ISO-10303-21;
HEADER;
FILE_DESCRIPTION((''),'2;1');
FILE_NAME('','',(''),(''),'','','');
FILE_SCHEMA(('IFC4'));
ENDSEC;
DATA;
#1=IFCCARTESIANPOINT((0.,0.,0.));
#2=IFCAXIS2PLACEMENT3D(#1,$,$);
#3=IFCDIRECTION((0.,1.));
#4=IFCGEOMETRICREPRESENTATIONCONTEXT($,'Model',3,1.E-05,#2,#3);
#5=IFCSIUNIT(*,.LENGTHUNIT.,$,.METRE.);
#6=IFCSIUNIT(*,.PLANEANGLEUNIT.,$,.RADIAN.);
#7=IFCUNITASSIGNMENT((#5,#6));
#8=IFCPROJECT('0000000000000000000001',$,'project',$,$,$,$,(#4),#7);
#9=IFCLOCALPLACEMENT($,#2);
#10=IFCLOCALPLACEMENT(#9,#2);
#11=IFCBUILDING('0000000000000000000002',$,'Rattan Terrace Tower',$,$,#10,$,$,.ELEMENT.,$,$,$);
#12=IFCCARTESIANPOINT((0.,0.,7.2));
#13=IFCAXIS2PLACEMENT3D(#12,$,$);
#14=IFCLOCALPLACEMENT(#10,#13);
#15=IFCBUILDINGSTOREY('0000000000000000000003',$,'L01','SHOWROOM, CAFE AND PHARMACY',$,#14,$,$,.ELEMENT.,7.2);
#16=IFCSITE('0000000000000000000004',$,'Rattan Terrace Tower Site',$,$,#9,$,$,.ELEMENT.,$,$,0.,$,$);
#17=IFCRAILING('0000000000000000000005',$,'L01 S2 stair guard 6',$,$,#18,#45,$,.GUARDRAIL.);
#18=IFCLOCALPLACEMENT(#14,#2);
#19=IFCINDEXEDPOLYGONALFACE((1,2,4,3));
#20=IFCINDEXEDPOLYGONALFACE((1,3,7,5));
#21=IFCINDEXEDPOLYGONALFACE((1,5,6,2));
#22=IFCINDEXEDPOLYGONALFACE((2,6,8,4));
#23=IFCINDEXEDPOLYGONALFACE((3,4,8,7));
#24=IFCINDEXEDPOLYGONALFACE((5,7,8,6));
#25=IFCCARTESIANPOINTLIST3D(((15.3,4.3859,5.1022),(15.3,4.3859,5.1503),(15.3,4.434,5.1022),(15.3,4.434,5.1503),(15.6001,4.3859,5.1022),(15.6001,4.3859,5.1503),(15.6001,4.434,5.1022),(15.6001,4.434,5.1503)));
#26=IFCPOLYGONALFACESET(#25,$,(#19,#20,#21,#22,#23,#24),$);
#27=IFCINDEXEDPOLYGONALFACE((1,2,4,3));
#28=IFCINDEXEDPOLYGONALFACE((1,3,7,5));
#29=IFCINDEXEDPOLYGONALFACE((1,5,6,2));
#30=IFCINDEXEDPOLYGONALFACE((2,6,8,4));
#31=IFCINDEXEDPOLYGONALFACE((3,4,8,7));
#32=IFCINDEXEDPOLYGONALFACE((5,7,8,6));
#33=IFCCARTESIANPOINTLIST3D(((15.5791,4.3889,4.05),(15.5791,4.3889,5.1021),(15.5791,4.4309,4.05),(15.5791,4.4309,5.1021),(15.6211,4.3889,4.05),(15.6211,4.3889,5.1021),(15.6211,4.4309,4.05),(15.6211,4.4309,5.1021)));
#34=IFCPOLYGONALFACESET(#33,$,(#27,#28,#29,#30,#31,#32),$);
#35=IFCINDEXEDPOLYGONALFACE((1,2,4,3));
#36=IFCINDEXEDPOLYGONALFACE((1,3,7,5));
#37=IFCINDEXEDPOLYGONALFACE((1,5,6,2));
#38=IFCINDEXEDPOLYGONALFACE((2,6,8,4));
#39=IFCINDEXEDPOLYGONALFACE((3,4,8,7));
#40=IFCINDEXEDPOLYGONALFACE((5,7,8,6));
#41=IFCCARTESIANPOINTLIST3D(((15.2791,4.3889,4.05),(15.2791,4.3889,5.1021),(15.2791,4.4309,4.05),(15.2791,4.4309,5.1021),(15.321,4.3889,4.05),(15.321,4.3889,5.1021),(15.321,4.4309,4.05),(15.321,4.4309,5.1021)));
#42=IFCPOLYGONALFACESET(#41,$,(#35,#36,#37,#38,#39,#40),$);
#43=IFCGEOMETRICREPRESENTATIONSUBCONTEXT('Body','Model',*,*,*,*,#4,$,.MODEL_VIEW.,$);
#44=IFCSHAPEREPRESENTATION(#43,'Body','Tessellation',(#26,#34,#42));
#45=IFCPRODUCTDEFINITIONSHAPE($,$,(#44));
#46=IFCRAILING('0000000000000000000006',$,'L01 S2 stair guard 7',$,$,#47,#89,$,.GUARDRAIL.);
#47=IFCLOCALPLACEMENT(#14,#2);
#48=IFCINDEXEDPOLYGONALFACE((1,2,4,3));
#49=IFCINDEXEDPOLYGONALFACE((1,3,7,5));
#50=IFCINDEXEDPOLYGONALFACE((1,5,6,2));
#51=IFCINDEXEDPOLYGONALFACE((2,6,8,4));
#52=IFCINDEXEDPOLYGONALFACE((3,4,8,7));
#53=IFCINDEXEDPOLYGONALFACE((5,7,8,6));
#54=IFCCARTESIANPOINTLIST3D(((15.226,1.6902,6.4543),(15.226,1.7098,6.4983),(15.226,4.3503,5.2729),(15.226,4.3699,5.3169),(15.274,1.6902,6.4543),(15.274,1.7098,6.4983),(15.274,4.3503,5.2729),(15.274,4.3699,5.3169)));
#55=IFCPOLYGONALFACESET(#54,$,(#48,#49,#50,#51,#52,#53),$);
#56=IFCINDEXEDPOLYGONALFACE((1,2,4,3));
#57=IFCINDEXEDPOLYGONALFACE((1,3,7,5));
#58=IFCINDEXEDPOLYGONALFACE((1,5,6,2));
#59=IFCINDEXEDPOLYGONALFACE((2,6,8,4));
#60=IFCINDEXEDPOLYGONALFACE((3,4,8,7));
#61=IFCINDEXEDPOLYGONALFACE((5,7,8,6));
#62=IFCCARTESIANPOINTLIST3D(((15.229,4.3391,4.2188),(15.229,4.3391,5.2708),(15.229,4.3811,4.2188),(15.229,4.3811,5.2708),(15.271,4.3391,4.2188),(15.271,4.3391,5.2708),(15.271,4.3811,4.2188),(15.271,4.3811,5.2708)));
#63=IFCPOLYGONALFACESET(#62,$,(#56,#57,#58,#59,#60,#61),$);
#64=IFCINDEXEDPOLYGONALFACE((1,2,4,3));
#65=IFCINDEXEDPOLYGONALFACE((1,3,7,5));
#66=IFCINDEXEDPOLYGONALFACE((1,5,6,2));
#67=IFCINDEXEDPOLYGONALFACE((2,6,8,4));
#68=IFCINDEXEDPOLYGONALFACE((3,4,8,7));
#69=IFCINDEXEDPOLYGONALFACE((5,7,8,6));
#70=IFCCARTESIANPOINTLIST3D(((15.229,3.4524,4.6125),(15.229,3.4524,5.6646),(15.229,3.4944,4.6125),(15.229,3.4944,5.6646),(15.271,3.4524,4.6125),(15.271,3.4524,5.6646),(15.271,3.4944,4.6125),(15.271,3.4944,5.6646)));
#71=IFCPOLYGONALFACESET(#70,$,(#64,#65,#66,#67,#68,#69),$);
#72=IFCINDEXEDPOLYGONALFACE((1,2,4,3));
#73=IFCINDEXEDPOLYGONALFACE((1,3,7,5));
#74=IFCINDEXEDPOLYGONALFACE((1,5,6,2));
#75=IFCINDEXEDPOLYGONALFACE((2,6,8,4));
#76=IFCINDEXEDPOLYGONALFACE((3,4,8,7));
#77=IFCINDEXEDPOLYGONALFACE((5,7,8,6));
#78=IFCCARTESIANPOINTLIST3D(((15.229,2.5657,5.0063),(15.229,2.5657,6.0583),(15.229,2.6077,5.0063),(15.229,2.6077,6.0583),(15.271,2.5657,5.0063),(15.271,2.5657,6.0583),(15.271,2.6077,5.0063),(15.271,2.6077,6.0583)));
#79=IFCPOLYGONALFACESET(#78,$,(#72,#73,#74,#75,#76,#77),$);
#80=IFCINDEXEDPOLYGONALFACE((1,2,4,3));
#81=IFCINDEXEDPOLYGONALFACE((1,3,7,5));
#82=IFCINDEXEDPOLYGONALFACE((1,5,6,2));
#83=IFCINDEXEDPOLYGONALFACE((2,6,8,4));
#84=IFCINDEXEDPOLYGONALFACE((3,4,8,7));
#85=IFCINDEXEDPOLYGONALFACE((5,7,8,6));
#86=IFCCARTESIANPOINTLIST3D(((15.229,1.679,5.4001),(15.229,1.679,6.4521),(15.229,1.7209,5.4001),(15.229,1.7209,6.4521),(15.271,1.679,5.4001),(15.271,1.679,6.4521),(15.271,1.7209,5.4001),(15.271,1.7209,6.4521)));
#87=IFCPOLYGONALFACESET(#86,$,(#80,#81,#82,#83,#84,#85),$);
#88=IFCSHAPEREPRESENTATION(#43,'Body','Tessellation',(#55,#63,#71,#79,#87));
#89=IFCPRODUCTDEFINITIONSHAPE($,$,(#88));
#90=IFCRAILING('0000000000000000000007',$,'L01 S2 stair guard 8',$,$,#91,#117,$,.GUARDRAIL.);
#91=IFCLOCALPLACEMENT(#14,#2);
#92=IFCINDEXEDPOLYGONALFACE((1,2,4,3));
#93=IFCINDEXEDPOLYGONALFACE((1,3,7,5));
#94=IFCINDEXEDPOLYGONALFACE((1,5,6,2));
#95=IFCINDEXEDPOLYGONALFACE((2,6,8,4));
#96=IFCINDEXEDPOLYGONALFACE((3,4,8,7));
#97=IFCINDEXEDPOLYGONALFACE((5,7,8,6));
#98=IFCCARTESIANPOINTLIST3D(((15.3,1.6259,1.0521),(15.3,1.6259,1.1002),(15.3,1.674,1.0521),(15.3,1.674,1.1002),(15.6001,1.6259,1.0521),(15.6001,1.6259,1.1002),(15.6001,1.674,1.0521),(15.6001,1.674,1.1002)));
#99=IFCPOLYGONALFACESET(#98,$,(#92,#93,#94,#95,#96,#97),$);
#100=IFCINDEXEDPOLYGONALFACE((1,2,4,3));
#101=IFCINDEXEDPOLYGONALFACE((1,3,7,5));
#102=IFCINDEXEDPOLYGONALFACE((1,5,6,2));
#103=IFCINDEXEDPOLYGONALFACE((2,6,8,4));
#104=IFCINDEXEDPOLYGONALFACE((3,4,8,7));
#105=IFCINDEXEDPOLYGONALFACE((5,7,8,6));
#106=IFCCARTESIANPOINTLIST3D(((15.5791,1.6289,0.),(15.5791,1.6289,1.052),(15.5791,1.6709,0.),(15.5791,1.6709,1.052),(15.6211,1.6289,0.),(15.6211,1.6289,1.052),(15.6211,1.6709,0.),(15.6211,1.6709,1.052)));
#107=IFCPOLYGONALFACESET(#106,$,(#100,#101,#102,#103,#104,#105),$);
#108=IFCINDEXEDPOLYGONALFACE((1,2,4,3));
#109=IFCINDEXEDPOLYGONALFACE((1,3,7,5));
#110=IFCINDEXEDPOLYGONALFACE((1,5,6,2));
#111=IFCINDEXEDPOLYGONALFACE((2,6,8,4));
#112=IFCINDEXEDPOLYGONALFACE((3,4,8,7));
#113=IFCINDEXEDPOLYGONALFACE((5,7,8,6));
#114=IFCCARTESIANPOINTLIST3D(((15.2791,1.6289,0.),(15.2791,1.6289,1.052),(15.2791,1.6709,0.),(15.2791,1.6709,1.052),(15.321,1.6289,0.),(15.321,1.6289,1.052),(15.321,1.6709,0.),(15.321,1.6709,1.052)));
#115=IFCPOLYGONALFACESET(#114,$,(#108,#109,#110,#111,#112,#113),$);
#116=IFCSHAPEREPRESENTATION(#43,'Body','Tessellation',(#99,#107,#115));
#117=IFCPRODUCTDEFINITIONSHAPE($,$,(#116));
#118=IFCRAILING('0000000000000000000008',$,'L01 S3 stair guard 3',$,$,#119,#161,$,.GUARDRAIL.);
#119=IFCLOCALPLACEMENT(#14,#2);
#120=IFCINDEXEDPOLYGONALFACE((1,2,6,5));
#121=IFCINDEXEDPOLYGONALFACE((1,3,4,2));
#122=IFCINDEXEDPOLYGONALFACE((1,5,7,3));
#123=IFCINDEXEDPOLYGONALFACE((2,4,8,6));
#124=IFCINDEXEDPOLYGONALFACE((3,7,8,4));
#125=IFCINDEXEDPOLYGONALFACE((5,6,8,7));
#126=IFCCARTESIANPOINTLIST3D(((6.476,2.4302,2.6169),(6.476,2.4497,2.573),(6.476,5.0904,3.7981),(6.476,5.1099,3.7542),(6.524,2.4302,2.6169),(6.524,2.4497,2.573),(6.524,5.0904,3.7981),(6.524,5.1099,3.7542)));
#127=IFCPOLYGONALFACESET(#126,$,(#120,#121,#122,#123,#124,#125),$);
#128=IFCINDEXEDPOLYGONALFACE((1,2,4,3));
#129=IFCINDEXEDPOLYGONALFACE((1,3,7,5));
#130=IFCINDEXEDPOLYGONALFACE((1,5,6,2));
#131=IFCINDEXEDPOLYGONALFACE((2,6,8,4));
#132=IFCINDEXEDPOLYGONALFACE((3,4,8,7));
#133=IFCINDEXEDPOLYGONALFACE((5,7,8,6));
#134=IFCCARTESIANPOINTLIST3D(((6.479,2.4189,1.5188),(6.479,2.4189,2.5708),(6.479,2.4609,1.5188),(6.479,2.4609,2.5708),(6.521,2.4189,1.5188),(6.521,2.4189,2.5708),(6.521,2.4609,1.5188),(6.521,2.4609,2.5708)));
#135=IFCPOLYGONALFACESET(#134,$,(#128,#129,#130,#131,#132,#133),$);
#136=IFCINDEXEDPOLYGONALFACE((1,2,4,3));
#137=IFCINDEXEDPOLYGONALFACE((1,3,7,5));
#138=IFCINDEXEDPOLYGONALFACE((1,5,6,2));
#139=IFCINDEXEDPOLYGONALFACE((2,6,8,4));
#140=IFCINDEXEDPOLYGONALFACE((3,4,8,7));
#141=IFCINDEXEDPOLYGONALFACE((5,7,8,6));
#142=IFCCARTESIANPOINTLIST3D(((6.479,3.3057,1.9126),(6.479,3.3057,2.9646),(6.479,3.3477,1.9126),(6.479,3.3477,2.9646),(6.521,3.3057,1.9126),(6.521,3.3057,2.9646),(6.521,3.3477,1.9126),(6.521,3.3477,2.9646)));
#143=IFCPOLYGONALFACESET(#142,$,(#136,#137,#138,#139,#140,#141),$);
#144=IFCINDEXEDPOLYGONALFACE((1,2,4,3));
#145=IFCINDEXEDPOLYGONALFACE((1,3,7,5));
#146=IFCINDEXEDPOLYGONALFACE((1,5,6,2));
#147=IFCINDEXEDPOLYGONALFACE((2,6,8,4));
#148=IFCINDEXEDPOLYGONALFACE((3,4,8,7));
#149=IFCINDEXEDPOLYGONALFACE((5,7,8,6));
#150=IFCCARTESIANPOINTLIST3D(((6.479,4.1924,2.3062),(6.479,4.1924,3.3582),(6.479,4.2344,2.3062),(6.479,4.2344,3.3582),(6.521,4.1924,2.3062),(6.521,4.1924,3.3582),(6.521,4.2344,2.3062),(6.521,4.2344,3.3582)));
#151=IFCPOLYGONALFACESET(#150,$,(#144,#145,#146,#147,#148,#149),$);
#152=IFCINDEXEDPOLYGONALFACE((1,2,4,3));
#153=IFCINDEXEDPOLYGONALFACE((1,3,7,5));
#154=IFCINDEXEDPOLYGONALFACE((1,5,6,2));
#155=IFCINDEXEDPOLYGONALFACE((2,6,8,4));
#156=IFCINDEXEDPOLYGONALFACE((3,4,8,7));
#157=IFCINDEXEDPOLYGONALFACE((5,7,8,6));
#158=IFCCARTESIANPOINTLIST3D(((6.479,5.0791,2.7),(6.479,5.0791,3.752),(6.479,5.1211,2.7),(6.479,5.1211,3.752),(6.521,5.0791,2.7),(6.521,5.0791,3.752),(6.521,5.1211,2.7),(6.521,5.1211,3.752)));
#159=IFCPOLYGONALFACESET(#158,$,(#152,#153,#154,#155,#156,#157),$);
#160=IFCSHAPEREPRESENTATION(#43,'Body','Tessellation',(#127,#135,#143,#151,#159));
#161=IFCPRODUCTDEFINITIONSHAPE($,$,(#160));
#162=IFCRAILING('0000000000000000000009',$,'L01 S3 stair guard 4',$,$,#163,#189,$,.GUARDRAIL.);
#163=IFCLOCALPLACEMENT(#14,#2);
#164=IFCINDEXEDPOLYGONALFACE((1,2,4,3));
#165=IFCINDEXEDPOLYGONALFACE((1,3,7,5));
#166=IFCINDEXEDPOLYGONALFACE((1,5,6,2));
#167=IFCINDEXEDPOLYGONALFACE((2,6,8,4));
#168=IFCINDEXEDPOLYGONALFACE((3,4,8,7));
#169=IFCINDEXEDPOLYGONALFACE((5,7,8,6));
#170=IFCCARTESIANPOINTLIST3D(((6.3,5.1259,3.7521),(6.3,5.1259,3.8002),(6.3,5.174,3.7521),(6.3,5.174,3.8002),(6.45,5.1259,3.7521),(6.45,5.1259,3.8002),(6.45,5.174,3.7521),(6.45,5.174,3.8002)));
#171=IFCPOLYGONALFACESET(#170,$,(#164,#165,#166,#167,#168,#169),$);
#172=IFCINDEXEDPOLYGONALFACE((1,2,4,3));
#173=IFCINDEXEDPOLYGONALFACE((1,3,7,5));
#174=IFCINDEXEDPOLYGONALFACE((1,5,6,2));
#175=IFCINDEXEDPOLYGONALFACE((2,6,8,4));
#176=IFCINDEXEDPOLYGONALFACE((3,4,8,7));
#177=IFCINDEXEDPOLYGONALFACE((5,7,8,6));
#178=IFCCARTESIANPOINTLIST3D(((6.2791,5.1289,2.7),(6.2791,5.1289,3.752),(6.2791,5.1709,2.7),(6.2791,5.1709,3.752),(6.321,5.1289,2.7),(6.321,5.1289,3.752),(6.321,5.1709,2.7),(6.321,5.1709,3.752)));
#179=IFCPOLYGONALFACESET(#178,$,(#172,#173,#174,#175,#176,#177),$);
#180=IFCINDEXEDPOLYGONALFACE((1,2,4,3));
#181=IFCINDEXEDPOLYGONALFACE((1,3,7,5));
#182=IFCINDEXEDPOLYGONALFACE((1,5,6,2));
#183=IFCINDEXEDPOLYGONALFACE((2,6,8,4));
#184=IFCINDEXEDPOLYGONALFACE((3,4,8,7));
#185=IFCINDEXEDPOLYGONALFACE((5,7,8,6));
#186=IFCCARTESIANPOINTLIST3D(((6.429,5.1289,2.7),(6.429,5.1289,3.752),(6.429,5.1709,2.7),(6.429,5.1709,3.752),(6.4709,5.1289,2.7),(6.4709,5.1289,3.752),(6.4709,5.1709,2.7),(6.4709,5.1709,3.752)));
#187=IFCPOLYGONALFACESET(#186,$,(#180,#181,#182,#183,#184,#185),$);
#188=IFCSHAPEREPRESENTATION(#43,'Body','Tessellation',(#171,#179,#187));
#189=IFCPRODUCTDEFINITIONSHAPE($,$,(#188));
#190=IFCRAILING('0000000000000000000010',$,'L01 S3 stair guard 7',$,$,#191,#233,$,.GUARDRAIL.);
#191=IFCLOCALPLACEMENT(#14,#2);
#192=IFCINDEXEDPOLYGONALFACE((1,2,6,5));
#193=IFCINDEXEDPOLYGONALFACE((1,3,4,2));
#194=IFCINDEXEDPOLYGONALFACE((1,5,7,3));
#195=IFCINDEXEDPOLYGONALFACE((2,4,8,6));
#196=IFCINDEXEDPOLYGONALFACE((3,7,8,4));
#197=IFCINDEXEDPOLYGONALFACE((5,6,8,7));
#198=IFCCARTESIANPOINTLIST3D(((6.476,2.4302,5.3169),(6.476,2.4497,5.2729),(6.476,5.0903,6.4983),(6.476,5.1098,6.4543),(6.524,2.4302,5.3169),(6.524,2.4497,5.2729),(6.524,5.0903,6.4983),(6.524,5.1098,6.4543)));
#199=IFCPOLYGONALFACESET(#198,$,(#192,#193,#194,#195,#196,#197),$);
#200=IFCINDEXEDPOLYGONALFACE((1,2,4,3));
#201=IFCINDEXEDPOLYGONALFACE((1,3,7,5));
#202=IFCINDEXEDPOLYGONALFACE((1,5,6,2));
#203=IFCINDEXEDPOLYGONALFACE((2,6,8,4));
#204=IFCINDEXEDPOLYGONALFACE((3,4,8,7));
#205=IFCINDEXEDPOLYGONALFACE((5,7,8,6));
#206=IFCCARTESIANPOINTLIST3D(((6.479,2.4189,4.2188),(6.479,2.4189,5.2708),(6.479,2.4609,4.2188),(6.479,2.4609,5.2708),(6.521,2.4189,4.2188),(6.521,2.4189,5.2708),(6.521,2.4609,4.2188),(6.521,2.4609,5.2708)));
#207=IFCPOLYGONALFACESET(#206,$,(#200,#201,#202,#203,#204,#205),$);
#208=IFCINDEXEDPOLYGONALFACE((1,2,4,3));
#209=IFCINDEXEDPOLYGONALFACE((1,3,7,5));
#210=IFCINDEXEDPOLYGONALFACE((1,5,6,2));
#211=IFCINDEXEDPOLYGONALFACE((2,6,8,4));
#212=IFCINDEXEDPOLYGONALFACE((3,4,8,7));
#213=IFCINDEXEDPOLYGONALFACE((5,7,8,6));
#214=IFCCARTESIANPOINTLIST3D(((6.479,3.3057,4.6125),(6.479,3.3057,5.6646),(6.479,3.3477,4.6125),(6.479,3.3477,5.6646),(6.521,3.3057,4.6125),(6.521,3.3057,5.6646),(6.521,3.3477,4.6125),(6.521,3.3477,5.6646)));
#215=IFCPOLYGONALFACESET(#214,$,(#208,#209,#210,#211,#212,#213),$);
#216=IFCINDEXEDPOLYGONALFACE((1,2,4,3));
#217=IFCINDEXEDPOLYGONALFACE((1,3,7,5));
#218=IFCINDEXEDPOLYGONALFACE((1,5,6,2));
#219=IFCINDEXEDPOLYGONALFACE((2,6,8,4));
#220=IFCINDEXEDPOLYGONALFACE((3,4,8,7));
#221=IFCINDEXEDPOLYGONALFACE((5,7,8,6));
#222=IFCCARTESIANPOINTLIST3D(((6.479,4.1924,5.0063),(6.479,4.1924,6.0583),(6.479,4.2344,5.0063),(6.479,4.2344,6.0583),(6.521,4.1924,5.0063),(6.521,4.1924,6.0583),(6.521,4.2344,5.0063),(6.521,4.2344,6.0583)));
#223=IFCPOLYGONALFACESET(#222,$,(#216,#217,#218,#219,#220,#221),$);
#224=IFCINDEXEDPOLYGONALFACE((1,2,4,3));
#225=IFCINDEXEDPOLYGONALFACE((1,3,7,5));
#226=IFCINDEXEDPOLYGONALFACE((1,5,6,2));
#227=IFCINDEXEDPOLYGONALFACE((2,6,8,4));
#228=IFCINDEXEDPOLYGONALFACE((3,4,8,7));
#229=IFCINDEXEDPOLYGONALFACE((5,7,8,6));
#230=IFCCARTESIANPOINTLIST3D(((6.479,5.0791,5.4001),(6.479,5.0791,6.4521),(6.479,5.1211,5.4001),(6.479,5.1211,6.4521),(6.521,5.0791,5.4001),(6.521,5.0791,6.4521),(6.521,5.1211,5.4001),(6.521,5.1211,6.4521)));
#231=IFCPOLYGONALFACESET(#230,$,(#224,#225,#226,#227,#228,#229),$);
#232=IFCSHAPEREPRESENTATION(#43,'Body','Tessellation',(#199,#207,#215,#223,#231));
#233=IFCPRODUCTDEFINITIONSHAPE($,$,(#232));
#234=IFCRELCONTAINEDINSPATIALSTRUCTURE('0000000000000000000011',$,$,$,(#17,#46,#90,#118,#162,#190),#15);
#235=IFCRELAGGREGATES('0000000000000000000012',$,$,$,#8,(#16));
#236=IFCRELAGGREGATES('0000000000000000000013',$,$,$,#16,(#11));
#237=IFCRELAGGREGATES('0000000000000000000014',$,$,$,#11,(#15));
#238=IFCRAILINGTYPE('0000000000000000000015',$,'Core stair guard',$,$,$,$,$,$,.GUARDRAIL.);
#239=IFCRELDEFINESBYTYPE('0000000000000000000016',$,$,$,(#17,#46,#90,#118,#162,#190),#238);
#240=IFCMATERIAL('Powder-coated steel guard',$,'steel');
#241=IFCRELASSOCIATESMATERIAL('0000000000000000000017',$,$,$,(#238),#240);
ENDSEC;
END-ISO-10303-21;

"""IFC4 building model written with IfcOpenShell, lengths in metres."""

from ifc_helpers import new_model, si_unit, direction, frame, origin, origin_2d, place, context, subcontext, project, spatial, rectangle, extrude, material, type_object, element, save


model = new_model("IFC4")

# Units and contexts
model_context = context("Model", 3, precision=1e-05, world=origin(), true_north=direction((0.0, 1.0)))
body_context = subcontext(model_context, "Body", "Model", "MODEL_VIEW")
ifc_project = project(units=[si_unit("LENGTHUNIT", "METRE"), si_unit("PLANEANGLEUNIT", "RADIAN")], contexts=[model_context])

# Site, building, storey
site_placement = place(None, origin())
site = spatial("IfcSite", under=ifc_project, at=site_placement, Name="Rattan Terrace Tower Site", CompositionType="ELEMENT", RefElevation=0.0)
building_placement = place(site_placement, origin())
building = spatial("IfcBuilding", under=site, at=building_placement, Name="Rattan Terrace Tower", CompositionType="ELEMENT")
storey_placement = place(building_placement, frame((0.0, 0.0, 7.2)))
storey = spatial("IfcBuildingStorey", under=building, at=storey_placement, Name="L01", Description="SHOWROOM, CAFE AND PHARMACY", CompositionType="ELEMENT", Elevation=7.2)

# Railings
ifc_material_1 = material(Name="Powder-coated steel guard", Category="steel")
railing_type_1 = type_object("IfcRailingType", Name="Core stair guard", PredefinedType="GUARDRAIL", material=ifc_material_1)
for number, where, name in (
    (1, (15.6001, 4.4099, 4.05), "L01 S2 stair guard 6"),
):
    element("IfcRailing", number, at=place(storey_placement, frame(where)), inside=storey, type_object=railing_type_1, Name=name, PredefinedType="GUARDRAIL", context=body_context, shape_type="SweptSolid", body=[
        extrude(rectangle(XDim=0.0481, YDim=0.0481, at=origin_2d()), frame((0.0, 0.0, 1.0762), z_axis=(-1.0, 0.0, 0.0), x_axis=(0.0, -1.0, 0.0)), (0.0, 0.0, 1.0), 0.3),
        extrude(rectangle(XDim=0.042, YDim=0.042, at=origin_2d()), origin(), (0.0, 0.0, 1.0), 1.052),
        extrude(rectangle(XDim=0.042, YDim=0.042, at=origin_2d()), frame((-0.3, 0.0, 0.0)), (0.0, 0.0, 1.0), 1.052),
    ])
railing_1_placement = place(storey_placement, frame((15.25, 4.3601, 4.2188)))
element("IfcRailing", 2, at=railing_1_placement, inside=storey, type_object=railing_type_1, Name="L01 S2 stair guard 7", PredefinedType="GUARDRAIL", context=body_context, shape_type="SweptSolid", body=[
    extrude(rectangle(XDim=0.0481, YDim=0.0481, at=origin_2d()), frame((0.0, 0.0, 1.0762), z_axis=(0.0, -0.913926, 0.405882), x_axis=(1.0, 0.0, 0.0)), (0.0, 0.0, 1.0), 2.9106),
    extrude(rectangle(XDim=0.042, YDim=0.042, at=origin_2d()), origin(), (0.0, 0.0, 1.0), 1.052),
    extrude(rectangle(XDim=0.042, YDim=0.042, at=origin_2d()), frame((0.0, -0.8867, 0.3938)), (0.0, 0.0, 1.0), 1.052),
    extrude(rectangle(XDim=0.042, YDim=0.042, at=origin_2d()), frame((0.0, -1.7734, 0.7876)), (0.0, 0.0, 1.0), 1.052),
    extrude(rectangle(XDim=0.042, YDim=0.042, at=origin_2d()), frame((0.0, -2.6602, 1.1814)), (0.0, 0.0, 1.0), 1.052),
])
railing_2_placement = place(storey_placement, frame((15.6001, 1.6499, 0.0)))
element("IfcRailing", 3, at=railing_2_placement, inside=storey, type_object=railing_type_1, Name="L01 S2 stair guard 8", PredefinedType="GUARDRAIL", context=body_context, shape_type="SweptSolid", body=[
    extrude(rectangle(XDim=0.0481, YDim=0.0481, at=origin_2d()), frame((0.0, 0.0, 1.0762), z_axis=(-1.0, 0.0, 0.0), x_axis=(0.0, -1.0, 0.0)), (0.0, 0.0, 1.0), 0.3),
    extrude(rectangle(XDim=0.042, YDim=0.042, at=origin_2d()), origin(), (0.0, 0.0, 1.0), 1.052),
    extrude(rectangle(XDim=0.042, YDim=0.042, at=origin_2d()), frame((-0.3, 0.0, 0.0)), (0.0, 0.0, 1.0), 1.052),
])
railing_3_placement = place(storey_placement, frame((6.5, 2.4399, 1.5188)))
element("IfcRailing", 4, at=railing_3_placement, inside=storey, type_object=railing_type_1, Name="L01 S3 stair guard 3", PredefinedType="GUARDRAIL", context=body_context, shape_type="SweptSolid", body=[
    extrude(rectangle(XDim=0.0481, YDim=0.0481, at=origin_2d()), frame((0.0, 0.0, 1.0762), z_axis=(0.0, 0.913957, 0.405812), x_axis=(-1.0, 0.0, 0.0)), (0.0, 0.0, 1.0), 2.9106),
    extrude(rectangle(XDim=0.042, YDim=0.042, at=origin_2d()), origin(), (0.0, 0.0, 1.0), 1.052),
    extrude(rectangle(XDim=0.042, YDim=0.042, at=origin_2d()), frame((0.0, 0.8867, 0.3938)), (0.0, 0.0, 1.0), 1.052),
    extrude(rectangle(XDim=0.042, YDim=0.042, at=origin_2d()), frame((0.0, 1.7734, 0.7874)), (0.0, 0.0, 1.0), 1.052),
    extrude(rectangle(XDim=0.042, YDim=0.042, at=origin_2d()), frame((0.0, 2.6602, 1.1812)), (0.0, 0.0, 1.0), 1.052),
])
railing_4_placement = place(storey_placement, frame((6.3, 5.1499, 2.7)))
element("IfcRailing", 5, at=railing_4_placement, inside=storey, type_object=railing_type_1, Name="L01 S3 stair guard 4", PredefinedType="GUARDRAIL", context=body_context, shape_type="SweptSolid", body=[
    extrude(rectangle(XDim=0.0481, YDim=0.0481, at=origin_2d()), frame((0.0, 0.0, 1.0762), z_axis=(1.0, 0.0, 0.0), x_axis=(0.0, 1.0, 0.0)), (0.0, 0.0, 1.0), 0.1499),
    extrude(rectangle(XDim=0.042, YDim=0.042, at=origin_2d()), origin(), (0.0, 0.0, 1.0), 1.052),
    extrude(rectangle(XDim=0.042, YDim=0.042, at=origin_2d()), frame((0.1499, 0.0, 0.0)), (0.0, 0.0, 1.0), 1.052),
])
railing_5_placement = place(storey_placement, frame((6.5, 2.4399, 4.2188)))
element("IfcRailing", 6, at=railing_5_placement, inside=storey, type_object=railing_type_1, Name="L01 S3 stair guard 7", PredefinedType="GUARDRAIL", context=body_context, shape_type="SweptSolid", body=[
    extrude(rectangle(XDim=0.0481, YDim=0.0481, at=origin_2d()), frame((0.0, 0.0, 1.0762), z_axis=(0.0, 0.913926, 0.405882), x_axis=(-1.0, 0.0, 0.0)), (0.0, 0.0, 1.0), 2.9106),
    extrude(rectangle(XDim=0.042, YDim=0.042, at=origin_2d()), origin(), (0.0, 0.0, 1.0), 1.052),
    extrude(rectangle(XDim=0.042, YDim=0.042, at=origin_2d()), frame((0.0, 0.8867, 0.3938)), (0.0, 0.0, 1.0), 1.052),
    extrude(rectangle(XDim=0.042, YDim=0.042, at=origin_2d()), frame((0.0, 1.7734, 0.7876)), (0.0, 0.0, 1.0), 1.052),
    extrude(rectangle(XDim=0.042, YDim=0.042, at=origin_2d()), frame((0.0, 2.6602, 1.1814)), (0.0, 0.0, 1.0), 1.052),
])

save(model, "model.ifc")
